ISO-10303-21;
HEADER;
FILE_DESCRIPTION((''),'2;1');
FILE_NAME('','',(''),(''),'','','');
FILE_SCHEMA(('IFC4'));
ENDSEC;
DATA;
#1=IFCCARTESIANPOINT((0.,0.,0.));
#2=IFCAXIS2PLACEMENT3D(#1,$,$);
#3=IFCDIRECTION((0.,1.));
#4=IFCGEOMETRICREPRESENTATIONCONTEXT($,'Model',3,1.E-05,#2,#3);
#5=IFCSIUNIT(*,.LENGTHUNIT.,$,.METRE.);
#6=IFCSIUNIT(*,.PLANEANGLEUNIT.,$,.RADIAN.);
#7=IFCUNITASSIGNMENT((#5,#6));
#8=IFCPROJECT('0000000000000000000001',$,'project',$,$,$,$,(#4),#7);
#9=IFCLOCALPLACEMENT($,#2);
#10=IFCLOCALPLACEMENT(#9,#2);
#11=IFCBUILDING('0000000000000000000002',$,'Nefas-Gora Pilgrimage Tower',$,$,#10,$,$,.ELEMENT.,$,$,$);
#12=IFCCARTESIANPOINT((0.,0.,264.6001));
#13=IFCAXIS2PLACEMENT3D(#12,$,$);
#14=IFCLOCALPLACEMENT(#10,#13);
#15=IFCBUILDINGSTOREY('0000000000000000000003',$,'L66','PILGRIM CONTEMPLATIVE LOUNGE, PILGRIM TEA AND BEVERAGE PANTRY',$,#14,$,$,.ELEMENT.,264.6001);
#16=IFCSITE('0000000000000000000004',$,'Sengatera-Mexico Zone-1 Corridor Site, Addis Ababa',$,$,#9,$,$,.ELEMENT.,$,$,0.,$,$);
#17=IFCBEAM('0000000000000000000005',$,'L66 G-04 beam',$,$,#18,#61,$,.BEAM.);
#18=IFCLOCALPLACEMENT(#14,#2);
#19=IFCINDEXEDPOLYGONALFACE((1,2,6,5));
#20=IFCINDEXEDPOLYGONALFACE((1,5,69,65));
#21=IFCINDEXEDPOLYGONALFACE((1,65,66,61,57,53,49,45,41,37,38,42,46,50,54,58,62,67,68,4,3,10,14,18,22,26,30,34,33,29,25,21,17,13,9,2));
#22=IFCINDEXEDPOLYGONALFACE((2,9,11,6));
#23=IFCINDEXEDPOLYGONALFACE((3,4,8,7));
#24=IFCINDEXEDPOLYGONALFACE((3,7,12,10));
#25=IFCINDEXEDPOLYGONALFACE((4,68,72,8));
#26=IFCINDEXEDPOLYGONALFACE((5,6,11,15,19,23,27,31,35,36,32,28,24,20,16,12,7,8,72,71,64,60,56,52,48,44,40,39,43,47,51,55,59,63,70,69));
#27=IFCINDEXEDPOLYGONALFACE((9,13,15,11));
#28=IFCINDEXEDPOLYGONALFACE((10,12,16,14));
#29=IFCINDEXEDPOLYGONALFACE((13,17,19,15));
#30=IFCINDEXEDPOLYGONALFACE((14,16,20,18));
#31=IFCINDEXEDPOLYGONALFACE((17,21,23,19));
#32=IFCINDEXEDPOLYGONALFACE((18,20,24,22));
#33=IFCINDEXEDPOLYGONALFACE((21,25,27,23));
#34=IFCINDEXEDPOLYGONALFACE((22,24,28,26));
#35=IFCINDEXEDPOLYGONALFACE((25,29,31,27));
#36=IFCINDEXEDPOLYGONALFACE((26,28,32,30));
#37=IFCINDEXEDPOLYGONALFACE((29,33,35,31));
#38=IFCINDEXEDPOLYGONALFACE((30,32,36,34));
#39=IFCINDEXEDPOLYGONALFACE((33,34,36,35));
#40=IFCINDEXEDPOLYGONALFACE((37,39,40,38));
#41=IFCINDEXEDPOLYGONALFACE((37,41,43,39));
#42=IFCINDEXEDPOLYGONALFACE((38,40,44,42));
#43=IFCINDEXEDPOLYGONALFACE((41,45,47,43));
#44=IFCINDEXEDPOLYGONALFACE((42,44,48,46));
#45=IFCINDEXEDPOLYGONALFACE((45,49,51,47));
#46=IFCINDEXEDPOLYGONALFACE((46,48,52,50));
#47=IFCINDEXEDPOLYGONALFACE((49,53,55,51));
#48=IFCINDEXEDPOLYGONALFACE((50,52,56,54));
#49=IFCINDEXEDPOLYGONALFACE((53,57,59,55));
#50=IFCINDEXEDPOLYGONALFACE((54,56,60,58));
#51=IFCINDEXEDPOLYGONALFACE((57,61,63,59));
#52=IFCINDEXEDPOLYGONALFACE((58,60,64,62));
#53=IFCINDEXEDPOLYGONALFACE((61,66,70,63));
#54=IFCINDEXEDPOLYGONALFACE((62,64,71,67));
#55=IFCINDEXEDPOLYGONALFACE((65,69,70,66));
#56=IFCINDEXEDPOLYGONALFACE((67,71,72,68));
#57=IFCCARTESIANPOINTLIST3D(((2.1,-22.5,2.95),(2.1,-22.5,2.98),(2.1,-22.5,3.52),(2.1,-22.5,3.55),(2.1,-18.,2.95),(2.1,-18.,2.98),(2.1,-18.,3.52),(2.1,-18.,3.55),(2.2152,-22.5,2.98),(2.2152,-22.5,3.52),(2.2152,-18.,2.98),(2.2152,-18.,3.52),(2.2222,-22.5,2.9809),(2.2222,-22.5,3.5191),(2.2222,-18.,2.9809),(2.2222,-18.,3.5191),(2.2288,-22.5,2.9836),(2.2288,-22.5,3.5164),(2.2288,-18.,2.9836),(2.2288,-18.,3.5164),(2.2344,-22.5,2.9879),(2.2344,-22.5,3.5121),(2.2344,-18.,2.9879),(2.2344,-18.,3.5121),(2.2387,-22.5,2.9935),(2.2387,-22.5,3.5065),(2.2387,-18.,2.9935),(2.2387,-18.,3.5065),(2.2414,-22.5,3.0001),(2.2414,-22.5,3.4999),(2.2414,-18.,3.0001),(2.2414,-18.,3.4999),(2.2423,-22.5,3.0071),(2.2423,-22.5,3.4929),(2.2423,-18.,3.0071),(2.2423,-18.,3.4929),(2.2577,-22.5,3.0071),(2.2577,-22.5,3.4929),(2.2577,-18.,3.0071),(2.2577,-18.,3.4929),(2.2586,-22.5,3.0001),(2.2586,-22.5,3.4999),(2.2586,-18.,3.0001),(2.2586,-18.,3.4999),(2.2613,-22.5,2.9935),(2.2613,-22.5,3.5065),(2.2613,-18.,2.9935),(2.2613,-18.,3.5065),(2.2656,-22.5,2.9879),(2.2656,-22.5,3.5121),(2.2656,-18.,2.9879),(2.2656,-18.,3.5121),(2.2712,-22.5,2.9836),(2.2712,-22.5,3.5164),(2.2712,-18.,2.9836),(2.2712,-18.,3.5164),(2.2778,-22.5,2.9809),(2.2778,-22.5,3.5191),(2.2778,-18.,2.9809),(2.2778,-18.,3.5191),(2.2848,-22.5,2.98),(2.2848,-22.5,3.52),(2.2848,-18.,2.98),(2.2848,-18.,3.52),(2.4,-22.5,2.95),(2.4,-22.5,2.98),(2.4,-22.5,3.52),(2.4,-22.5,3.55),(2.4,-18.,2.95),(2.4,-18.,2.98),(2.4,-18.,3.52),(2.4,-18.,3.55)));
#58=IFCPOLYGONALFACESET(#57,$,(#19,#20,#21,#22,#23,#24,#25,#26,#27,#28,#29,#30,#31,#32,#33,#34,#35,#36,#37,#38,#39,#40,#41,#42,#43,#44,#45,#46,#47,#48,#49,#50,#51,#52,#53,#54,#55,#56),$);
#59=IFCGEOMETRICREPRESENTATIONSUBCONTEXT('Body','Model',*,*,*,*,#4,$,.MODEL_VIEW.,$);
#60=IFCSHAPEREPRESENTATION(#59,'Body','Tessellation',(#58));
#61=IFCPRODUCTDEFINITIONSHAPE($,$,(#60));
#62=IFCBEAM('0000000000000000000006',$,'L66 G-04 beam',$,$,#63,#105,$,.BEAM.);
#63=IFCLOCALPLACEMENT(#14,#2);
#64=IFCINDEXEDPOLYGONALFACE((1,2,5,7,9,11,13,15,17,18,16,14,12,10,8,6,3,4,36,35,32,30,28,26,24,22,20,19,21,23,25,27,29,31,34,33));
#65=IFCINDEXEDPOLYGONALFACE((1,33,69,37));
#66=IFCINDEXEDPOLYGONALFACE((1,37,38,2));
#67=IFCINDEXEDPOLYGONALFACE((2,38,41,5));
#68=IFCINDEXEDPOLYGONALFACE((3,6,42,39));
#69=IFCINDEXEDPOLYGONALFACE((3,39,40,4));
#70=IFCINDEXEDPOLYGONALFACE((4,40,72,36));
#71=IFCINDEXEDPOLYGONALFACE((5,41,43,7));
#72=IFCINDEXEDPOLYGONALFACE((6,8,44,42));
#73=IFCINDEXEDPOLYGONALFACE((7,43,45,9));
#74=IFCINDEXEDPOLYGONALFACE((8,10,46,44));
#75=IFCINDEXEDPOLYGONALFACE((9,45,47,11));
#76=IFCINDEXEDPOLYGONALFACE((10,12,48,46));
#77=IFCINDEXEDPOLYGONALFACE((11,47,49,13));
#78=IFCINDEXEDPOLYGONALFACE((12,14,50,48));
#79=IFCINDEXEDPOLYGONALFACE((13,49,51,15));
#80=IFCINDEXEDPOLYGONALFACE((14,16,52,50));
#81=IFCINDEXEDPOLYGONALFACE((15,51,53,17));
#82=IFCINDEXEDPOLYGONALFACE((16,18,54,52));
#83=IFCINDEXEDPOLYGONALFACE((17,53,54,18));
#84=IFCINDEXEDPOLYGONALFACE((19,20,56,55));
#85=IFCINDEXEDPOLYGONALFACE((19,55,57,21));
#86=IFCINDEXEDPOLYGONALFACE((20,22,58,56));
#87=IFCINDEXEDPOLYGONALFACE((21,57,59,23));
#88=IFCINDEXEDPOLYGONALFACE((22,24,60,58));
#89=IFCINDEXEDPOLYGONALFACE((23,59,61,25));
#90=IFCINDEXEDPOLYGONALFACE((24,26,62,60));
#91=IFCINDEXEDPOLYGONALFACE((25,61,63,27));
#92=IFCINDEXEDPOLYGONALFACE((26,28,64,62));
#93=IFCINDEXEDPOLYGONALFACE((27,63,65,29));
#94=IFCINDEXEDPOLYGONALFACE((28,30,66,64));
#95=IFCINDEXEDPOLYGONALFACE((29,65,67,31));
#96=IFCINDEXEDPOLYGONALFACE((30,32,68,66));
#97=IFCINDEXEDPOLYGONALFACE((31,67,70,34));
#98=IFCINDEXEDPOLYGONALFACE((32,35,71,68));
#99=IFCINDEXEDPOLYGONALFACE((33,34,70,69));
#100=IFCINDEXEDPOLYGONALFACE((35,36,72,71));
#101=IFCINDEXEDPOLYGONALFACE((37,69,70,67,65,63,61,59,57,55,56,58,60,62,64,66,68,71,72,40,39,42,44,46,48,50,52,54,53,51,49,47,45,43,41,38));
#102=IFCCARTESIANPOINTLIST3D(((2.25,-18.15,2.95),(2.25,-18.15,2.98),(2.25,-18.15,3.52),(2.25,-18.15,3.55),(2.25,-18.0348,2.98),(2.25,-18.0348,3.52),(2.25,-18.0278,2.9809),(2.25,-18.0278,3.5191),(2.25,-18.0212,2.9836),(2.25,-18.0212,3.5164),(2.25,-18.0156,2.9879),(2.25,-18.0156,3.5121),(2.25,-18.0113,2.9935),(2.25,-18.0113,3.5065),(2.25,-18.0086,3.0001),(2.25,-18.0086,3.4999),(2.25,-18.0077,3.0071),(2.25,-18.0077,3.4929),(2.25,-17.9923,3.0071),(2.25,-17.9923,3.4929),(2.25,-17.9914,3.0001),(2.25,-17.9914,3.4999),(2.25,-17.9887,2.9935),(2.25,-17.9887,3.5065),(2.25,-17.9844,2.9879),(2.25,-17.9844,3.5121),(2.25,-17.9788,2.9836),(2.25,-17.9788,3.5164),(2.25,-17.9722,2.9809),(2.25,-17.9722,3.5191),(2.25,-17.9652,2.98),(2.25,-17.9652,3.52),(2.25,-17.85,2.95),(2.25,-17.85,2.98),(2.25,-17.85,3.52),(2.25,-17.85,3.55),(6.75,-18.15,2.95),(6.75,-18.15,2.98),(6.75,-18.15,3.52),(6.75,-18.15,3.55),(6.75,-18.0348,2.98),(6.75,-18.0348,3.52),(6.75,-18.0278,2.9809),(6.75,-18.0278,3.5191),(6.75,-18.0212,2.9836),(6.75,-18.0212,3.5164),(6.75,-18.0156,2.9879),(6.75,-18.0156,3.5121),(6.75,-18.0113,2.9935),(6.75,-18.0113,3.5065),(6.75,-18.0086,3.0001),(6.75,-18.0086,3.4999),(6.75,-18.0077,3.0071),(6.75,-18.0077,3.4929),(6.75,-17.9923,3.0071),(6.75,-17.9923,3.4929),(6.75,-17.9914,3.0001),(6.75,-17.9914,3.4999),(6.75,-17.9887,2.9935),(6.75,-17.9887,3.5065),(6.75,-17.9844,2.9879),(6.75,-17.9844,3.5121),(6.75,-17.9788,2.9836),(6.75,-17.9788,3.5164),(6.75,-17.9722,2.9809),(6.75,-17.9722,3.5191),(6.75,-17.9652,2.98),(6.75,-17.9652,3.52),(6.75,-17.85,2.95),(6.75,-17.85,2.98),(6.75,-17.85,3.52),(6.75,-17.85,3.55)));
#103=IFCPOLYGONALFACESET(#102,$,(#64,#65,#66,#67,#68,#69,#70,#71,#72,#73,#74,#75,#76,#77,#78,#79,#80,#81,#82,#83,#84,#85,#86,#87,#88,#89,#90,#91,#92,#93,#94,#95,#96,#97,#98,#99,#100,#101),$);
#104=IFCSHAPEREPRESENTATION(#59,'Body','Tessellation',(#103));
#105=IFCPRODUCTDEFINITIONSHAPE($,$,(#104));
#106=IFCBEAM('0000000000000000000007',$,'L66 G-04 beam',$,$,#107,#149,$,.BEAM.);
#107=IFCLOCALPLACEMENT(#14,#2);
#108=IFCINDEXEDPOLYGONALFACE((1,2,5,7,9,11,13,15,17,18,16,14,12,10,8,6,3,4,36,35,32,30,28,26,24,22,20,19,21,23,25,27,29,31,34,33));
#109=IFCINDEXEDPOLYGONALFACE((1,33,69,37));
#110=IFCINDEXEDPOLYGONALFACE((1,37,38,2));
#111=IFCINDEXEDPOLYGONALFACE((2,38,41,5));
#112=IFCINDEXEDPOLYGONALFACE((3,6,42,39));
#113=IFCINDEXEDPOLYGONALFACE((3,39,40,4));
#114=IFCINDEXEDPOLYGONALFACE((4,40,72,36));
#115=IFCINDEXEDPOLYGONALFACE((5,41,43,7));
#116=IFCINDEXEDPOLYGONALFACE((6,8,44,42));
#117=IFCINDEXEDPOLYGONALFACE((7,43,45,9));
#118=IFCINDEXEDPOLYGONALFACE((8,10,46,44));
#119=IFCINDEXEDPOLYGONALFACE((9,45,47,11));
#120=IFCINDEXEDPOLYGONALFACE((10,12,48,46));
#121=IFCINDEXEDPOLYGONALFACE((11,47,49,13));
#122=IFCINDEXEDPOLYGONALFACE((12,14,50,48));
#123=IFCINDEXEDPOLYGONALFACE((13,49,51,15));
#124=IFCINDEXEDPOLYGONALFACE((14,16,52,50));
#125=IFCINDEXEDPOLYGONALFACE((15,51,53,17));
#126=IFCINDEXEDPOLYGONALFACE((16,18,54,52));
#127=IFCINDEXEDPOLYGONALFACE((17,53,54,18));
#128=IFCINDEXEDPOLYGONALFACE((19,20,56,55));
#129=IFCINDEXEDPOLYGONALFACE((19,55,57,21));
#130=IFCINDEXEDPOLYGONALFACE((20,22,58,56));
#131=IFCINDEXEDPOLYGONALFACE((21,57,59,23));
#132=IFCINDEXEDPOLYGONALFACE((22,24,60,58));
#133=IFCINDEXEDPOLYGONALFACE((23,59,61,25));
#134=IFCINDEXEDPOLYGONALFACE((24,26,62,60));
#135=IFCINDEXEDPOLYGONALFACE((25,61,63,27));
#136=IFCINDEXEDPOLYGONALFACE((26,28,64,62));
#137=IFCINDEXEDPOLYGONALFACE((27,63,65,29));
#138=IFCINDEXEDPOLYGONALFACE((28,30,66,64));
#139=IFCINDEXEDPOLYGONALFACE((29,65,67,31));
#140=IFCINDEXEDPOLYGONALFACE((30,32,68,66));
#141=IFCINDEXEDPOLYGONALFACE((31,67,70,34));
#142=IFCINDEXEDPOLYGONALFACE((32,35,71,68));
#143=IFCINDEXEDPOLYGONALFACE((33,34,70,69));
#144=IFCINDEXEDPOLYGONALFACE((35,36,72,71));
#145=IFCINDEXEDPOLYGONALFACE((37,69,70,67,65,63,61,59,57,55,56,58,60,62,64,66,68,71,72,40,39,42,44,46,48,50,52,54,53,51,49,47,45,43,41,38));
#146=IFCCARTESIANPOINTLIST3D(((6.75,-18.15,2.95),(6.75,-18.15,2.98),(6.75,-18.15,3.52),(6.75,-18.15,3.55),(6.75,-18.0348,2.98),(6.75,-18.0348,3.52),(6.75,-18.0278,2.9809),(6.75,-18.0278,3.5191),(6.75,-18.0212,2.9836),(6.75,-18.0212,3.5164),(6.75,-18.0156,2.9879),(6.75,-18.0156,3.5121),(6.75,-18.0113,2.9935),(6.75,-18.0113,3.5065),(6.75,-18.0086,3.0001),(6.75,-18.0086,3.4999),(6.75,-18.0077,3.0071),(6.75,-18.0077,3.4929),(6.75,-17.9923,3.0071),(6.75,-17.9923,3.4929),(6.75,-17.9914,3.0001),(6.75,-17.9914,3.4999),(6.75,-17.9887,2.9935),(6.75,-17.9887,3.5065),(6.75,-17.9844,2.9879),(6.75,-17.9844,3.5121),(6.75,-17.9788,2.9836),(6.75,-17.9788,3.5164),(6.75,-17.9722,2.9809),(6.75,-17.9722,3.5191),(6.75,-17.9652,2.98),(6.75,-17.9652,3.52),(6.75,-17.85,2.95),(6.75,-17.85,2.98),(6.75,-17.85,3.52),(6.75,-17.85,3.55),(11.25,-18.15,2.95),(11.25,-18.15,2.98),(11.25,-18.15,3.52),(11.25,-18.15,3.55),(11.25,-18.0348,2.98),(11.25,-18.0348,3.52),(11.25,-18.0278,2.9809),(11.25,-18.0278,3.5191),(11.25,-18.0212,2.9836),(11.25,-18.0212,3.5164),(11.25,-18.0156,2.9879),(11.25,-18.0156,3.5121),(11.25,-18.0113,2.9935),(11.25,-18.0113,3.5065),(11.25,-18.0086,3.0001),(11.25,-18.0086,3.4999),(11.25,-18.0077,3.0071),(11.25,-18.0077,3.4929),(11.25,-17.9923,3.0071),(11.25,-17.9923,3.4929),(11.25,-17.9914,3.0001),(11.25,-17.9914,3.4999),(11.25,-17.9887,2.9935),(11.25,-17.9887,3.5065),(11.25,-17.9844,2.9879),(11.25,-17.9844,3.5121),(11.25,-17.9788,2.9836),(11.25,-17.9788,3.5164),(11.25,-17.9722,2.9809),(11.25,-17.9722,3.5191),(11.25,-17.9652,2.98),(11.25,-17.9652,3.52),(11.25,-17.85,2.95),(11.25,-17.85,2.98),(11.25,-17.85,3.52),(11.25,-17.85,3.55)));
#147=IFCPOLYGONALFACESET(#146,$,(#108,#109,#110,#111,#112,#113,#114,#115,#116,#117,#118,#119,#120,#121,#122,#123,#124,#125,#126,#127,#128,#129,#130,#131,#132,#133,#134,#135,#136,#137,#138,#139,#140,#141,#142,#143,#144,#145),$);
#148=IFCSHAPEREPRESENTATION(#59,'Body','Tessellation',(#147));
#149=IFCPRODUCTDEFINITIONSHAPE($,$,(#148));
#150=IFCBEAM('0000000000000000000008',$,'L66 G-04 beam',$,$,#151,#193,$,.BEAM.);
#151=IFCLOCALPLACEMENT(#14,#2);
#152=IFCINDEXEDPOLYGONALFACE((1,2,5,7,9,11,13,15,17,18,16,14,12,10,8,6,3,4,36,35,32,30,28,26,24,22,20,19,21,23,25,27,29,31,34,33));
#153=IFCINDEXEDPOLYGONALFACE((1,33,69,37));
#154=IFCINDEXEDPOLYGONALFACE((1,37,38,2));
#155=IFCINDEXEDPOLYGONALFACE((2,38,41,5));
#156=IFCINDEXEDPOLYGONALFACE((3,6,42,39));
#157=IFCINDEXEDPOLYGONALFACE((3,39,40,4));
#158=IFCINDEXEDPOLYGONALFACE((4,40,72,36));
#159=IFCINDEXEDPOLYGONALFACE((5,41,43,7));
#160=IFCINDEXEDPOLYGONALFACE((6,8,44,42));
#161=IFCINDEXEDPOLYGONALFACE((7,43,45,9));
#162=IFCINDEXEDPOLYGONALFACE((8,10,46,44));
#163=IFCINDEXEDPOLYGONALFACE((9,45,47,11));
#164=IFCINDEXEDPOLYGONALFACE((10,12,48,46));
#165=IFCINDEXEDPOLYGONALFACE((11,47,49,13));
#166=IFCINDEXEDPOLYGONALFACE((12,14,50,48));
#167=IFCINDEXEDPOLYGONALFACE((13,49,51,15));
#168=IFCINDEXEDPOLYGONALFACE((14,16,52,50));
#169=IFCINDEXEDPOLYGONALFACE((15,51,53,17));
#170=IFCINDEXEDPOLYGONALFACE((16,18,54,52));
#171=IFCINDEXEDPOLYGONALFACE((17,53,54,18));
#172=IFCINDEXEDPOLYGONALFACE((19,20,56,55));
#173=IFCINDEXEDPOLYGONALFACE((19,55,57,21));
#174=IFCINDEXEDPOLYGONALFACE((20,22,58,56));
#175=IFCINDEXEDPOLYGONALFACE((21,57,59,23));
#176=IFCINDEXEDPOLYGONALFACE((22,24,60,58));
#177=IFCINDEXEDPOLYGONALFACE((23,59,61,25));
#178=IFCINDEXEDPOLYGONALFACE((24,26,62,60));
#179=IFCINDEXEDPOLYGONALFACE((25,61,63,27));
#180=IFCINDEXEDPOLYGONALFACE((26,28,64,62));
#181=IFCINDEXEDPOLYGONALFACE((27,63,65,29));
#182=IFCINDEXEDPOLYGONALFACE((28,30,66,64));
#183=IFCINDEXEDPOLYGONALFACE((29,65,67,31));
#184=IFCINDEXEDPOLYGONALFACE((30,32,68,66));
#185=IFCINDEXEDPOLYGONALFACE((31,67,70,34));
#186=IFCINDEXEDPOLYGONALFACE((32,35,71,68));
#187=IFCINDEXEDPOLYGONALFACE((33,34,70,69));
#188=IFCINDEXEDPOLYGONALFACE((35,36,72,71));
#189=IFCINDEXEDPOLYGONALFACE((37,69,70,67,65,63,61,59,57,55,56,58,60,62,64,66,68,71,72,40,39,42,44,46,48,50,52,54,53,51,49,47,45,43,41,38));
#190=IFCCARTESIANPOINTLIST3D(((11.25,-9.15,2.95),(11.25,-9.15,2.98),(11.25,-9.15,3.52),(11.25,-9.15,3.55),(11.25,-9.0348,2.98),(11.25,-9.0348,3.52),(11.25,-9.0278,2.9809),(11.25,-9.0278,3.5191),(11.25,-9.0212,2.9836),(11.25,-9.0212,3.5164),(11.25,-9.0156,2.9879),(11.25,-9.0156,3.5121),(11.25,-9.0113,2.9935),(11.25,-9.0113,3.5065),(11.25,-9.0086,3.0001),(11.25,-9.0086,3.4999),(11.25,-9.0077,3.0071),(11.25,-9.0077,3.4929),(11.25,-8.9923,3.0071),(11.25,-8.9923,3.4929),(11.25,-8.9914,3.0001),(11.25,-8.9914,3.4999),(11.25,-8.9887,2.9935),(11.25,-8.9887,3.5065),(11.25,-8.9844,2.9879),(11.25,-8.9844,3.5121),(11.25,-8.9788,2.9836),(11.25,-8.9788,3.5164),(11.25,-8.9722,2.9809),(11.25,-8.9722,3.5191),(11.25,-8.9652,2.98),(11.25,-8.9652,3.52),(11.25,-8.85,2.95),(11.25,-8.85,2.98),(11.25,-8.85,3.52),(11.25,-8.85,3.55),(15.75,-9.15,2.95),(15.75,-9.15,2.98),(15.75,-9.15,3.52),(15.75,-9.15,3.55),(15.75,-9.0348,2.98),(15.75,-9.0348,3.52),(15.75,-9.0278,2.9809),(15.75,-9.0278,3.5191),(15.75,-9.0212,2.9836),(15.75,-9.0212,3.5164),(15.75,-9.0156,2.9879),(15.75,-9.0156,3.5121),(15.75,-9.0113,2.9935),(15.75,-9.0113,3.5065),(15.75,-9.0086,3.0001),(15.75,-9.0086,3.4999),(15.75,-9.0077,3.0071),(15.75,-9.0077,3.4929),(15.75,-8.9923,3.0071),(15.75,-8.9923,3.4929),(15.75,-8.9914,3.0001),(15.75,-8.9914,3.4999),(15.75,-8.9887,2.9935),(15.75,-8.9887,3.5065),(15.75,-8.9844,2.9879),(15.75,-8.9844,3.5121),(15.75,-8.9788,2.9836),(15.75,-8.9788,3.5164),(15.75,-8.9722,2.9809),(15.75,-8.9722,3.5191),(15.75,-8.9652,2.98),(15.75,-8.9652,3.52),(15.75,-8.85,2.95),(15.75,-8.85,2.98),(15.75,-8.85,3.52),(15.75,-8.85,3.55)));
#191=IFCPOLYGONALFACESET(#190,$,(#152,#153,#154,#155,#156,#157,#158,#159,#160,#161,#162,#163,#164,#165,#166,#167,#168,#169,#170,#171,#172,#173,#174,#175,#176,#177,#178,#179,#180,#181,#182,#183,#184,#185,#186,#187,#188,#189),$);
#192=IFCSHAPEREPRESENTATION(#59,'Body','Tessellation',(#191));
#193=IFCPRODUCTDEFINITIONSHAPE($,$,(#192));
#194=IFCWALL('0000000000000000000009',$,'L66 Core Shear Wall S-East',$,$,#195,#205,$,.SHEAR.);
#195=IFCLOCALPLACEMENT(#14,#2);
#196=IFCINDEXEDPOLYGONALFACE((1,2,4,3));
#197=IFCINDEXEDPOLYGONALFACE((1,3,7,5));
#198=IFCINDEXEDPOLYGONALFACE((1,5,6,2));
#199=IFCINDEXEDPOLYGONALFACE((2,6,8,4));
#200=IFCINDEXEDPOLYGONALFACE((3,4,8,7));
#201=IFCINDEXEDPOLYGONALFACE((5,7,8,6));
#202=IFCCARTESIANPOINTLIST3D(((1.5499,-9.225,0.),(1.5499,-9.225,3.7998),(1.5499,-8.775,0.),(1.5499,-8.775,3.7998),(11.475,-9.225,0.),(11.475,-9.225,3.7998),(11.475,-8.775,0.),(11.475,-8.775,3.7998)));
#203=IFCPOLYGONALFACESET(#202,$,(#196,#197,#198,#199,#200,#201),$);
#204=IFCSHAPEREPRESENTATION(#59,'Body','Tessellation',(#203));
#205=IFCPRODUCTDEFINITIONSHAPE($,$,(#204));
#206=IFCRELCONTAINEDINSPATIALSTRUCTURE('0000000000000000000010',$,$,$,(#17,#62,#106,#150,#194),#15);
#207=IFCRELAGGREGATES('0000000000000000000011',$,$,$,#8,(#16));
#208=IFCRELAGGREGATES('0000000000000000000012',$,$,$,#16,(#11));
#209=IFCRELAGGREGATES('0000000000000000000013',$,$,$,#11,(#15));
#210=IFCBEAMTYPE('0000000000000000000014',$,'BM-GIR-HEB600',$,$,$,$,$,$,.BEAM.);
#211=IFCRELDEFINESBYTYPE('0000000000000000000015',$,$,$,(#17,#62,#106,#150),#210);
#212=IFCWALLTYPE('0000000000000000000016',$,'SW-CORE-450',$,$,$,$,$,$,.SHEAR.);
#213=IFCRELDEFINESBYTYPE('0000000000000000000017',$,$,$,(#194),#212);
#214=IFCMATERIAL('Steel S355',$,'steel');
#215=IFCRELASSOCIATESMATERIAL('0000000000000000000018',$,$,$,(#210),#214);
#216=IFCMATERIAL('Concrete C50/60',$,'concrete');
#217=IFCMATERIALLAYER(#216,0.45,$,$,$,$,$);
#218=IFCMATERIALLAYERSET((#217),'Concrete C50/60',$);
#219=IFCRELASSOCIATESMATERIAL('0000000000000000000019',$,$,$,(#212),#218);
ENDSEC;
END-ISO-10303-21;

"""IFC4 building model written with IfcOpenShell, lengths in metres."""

from ifc_helpers import new_model, si_unit, direction, frame, frame_2d, origin, origin_2d, place, context, subcontext, project, spatial, rectangle, i_section, extrude, source, transform, mapped, material, layer, layer_set, material_profile, profile_set, type_object, element, save


model = new_model("IFC4")

# Units and contexts
model_context = context("Model", 3, precision=1e-05, world=origin(), true_north=direction((0.0, 1.0)))
body_context = subcontext(model_context, "Body", "Model", "MODEL_VIEW")
ifc_project = project(units=[si_unit("LENGTHUNIT", "METRE"), si_unit("PLANEANGLEUNIT", "RADIAN")], contexts=[model_context])

# Site, building, storey
site_placement = place(None, origin())
site = spatial("IfcSite", under=ifc_project, at=site_placement, Name="Sengatera-Mexico Zone-1 Corridor Site, Addis Ababa", CompositionType="ELEMENT", RefElevation=0.0)
building_placement = place(site_placement, origin())
building = spatial("IfcBuilding", under=site, at=building_placement, Name="Nefas-Gora Pilgrimage Tower", CompositionType="ELEMENT")
storey_placement = place(building_placement, frame((0.0, 0.0, 264.6001)))
storey = spatial("IfcBuildingStorey", under=building, at=storey_placement, Name="L66", Description="PILGRIM CONTEMPLATIVE LOUNGE, PILGRIM TEA AND BEVERAGE PANTRY", CompositionType="ELEMENT", Elevation=264.6001)

# Shared definitions
ifc_material_1 = material(Name="Steel S355", Category="steel")

# Beams
ifc_material_profile_1 = material_profile(ifc_material_1, i_section(OverallWidth=0.3, OverallDepth=0.6001, WebThickness=0.0154, FlangeThickness=0.03, FilletRadius=0.0271, at=origin_2d()), Name="HEB 600")
ifc_profile_set_1 = profile_set([ifc_material_profile_1], Name="Steel S355")
beam_type = type_object("IfcBeamType", Name="BM-GIR-HEB600", PredefinedType="BEAM", material=ifc_profile_set_1)
shared_shape_1 = source(origin(), body_context, "Body", "SweptSolid", [
    extrude(i_section(OverallWidth=0.3, OverallDepth=0.6001, WebThickness=0.0154, FlangeThickness=0.03, FilletRadius=0.0271, at=origin_2d()), origin(), (0.0, 0.0, 1.0), 4.5),
])
for number, where, z_axis, x_axis, name in (
    (1, (2.25, -22.5, 3.25), (0.0, 1.0, 0.0), (-1.0, 0.0, 0.0), "L66 G-04 beam"),
    (2, (2.25, -18.0, 3.25), (1.0, 0.0, 0.0), (0.0, 1.0, 0.0), "L66 G-04 beam"),
    (3, (6.75, -18.0, 3.25), (1.0, 0.0, 0.0), (0.0, 1.0, 0.0), "L66 G-04 beam"),
    (4, (11.25, -9.0, 3.25), (1.0, 0.0, 0.0), (0.0, 1.0, 0.0), "L66 G-04 beam"),
):
    element("IfcBeam", number, at=place(storey_placement, frame(where, z_axis=z_axis, x_axis=x_axis)), inside=storey, type_object=beam_type, Name=name, PredefinedType="BEAM", context=body_context, shape_type="MappedRepresentation", body=[
        mapped(shared_shape_1, transform((0.0, 0.0, 0.0), x_axis=(1.0, 0.0, 0.0), y_axis=(0.0, 1.0, 0.0), z_axis=(0.0, 0.0, 1.0), scale=1.0)),
    ])

# Wall
ifc_material_2 = material(Name="Concrete C50/60", Category="concrete")
ifc_layer_1 = layer(ifc_material_2, 0.45)
ifc_layer_set_1 = layer_set([ifc_layer_1], Name="Concrete C50/60")
wall_type_1 = type_object("IfcWallType", Name="SW-CORE-450", PredefinedType="SHEAR", material=ifc_layer_set_1)
shared_shape_2 = source(origin(), body_context, "Body", "SweptSolid", [
    extrude(rectangle(XDim=9.925, YDim=0.45, at=frame_2d((4.9624, 0.0))), origin(), (0.0, 0.0, 1.0), 3.7998),
])
wall_1_placement = place(storey_placement, frame((1.55, -9.0, 0.0), z_axis=(0.0, 0.0, 1.0), x_axis=(1.0, 0.0, 0.0)))
element("IfcWall", 5, at=wall_1_placement, inside=storey, type_object=wall_type_1, Name="L66 Core Shear Wall S-East", PredefinedType="SHEAR", context=body_context, shape_type="MappedRepresentation", body=[
    mapped(shared_shape_2, transform((0.0, 0.0, 0.0), x_axis=(1.0, 0.0, 0.0), y_axis=(0.0, 1.0, 0.0), z_axis=(0.0, 0.0, 1.0), scale=1.0)),
])

save(model, "model.ifc")
